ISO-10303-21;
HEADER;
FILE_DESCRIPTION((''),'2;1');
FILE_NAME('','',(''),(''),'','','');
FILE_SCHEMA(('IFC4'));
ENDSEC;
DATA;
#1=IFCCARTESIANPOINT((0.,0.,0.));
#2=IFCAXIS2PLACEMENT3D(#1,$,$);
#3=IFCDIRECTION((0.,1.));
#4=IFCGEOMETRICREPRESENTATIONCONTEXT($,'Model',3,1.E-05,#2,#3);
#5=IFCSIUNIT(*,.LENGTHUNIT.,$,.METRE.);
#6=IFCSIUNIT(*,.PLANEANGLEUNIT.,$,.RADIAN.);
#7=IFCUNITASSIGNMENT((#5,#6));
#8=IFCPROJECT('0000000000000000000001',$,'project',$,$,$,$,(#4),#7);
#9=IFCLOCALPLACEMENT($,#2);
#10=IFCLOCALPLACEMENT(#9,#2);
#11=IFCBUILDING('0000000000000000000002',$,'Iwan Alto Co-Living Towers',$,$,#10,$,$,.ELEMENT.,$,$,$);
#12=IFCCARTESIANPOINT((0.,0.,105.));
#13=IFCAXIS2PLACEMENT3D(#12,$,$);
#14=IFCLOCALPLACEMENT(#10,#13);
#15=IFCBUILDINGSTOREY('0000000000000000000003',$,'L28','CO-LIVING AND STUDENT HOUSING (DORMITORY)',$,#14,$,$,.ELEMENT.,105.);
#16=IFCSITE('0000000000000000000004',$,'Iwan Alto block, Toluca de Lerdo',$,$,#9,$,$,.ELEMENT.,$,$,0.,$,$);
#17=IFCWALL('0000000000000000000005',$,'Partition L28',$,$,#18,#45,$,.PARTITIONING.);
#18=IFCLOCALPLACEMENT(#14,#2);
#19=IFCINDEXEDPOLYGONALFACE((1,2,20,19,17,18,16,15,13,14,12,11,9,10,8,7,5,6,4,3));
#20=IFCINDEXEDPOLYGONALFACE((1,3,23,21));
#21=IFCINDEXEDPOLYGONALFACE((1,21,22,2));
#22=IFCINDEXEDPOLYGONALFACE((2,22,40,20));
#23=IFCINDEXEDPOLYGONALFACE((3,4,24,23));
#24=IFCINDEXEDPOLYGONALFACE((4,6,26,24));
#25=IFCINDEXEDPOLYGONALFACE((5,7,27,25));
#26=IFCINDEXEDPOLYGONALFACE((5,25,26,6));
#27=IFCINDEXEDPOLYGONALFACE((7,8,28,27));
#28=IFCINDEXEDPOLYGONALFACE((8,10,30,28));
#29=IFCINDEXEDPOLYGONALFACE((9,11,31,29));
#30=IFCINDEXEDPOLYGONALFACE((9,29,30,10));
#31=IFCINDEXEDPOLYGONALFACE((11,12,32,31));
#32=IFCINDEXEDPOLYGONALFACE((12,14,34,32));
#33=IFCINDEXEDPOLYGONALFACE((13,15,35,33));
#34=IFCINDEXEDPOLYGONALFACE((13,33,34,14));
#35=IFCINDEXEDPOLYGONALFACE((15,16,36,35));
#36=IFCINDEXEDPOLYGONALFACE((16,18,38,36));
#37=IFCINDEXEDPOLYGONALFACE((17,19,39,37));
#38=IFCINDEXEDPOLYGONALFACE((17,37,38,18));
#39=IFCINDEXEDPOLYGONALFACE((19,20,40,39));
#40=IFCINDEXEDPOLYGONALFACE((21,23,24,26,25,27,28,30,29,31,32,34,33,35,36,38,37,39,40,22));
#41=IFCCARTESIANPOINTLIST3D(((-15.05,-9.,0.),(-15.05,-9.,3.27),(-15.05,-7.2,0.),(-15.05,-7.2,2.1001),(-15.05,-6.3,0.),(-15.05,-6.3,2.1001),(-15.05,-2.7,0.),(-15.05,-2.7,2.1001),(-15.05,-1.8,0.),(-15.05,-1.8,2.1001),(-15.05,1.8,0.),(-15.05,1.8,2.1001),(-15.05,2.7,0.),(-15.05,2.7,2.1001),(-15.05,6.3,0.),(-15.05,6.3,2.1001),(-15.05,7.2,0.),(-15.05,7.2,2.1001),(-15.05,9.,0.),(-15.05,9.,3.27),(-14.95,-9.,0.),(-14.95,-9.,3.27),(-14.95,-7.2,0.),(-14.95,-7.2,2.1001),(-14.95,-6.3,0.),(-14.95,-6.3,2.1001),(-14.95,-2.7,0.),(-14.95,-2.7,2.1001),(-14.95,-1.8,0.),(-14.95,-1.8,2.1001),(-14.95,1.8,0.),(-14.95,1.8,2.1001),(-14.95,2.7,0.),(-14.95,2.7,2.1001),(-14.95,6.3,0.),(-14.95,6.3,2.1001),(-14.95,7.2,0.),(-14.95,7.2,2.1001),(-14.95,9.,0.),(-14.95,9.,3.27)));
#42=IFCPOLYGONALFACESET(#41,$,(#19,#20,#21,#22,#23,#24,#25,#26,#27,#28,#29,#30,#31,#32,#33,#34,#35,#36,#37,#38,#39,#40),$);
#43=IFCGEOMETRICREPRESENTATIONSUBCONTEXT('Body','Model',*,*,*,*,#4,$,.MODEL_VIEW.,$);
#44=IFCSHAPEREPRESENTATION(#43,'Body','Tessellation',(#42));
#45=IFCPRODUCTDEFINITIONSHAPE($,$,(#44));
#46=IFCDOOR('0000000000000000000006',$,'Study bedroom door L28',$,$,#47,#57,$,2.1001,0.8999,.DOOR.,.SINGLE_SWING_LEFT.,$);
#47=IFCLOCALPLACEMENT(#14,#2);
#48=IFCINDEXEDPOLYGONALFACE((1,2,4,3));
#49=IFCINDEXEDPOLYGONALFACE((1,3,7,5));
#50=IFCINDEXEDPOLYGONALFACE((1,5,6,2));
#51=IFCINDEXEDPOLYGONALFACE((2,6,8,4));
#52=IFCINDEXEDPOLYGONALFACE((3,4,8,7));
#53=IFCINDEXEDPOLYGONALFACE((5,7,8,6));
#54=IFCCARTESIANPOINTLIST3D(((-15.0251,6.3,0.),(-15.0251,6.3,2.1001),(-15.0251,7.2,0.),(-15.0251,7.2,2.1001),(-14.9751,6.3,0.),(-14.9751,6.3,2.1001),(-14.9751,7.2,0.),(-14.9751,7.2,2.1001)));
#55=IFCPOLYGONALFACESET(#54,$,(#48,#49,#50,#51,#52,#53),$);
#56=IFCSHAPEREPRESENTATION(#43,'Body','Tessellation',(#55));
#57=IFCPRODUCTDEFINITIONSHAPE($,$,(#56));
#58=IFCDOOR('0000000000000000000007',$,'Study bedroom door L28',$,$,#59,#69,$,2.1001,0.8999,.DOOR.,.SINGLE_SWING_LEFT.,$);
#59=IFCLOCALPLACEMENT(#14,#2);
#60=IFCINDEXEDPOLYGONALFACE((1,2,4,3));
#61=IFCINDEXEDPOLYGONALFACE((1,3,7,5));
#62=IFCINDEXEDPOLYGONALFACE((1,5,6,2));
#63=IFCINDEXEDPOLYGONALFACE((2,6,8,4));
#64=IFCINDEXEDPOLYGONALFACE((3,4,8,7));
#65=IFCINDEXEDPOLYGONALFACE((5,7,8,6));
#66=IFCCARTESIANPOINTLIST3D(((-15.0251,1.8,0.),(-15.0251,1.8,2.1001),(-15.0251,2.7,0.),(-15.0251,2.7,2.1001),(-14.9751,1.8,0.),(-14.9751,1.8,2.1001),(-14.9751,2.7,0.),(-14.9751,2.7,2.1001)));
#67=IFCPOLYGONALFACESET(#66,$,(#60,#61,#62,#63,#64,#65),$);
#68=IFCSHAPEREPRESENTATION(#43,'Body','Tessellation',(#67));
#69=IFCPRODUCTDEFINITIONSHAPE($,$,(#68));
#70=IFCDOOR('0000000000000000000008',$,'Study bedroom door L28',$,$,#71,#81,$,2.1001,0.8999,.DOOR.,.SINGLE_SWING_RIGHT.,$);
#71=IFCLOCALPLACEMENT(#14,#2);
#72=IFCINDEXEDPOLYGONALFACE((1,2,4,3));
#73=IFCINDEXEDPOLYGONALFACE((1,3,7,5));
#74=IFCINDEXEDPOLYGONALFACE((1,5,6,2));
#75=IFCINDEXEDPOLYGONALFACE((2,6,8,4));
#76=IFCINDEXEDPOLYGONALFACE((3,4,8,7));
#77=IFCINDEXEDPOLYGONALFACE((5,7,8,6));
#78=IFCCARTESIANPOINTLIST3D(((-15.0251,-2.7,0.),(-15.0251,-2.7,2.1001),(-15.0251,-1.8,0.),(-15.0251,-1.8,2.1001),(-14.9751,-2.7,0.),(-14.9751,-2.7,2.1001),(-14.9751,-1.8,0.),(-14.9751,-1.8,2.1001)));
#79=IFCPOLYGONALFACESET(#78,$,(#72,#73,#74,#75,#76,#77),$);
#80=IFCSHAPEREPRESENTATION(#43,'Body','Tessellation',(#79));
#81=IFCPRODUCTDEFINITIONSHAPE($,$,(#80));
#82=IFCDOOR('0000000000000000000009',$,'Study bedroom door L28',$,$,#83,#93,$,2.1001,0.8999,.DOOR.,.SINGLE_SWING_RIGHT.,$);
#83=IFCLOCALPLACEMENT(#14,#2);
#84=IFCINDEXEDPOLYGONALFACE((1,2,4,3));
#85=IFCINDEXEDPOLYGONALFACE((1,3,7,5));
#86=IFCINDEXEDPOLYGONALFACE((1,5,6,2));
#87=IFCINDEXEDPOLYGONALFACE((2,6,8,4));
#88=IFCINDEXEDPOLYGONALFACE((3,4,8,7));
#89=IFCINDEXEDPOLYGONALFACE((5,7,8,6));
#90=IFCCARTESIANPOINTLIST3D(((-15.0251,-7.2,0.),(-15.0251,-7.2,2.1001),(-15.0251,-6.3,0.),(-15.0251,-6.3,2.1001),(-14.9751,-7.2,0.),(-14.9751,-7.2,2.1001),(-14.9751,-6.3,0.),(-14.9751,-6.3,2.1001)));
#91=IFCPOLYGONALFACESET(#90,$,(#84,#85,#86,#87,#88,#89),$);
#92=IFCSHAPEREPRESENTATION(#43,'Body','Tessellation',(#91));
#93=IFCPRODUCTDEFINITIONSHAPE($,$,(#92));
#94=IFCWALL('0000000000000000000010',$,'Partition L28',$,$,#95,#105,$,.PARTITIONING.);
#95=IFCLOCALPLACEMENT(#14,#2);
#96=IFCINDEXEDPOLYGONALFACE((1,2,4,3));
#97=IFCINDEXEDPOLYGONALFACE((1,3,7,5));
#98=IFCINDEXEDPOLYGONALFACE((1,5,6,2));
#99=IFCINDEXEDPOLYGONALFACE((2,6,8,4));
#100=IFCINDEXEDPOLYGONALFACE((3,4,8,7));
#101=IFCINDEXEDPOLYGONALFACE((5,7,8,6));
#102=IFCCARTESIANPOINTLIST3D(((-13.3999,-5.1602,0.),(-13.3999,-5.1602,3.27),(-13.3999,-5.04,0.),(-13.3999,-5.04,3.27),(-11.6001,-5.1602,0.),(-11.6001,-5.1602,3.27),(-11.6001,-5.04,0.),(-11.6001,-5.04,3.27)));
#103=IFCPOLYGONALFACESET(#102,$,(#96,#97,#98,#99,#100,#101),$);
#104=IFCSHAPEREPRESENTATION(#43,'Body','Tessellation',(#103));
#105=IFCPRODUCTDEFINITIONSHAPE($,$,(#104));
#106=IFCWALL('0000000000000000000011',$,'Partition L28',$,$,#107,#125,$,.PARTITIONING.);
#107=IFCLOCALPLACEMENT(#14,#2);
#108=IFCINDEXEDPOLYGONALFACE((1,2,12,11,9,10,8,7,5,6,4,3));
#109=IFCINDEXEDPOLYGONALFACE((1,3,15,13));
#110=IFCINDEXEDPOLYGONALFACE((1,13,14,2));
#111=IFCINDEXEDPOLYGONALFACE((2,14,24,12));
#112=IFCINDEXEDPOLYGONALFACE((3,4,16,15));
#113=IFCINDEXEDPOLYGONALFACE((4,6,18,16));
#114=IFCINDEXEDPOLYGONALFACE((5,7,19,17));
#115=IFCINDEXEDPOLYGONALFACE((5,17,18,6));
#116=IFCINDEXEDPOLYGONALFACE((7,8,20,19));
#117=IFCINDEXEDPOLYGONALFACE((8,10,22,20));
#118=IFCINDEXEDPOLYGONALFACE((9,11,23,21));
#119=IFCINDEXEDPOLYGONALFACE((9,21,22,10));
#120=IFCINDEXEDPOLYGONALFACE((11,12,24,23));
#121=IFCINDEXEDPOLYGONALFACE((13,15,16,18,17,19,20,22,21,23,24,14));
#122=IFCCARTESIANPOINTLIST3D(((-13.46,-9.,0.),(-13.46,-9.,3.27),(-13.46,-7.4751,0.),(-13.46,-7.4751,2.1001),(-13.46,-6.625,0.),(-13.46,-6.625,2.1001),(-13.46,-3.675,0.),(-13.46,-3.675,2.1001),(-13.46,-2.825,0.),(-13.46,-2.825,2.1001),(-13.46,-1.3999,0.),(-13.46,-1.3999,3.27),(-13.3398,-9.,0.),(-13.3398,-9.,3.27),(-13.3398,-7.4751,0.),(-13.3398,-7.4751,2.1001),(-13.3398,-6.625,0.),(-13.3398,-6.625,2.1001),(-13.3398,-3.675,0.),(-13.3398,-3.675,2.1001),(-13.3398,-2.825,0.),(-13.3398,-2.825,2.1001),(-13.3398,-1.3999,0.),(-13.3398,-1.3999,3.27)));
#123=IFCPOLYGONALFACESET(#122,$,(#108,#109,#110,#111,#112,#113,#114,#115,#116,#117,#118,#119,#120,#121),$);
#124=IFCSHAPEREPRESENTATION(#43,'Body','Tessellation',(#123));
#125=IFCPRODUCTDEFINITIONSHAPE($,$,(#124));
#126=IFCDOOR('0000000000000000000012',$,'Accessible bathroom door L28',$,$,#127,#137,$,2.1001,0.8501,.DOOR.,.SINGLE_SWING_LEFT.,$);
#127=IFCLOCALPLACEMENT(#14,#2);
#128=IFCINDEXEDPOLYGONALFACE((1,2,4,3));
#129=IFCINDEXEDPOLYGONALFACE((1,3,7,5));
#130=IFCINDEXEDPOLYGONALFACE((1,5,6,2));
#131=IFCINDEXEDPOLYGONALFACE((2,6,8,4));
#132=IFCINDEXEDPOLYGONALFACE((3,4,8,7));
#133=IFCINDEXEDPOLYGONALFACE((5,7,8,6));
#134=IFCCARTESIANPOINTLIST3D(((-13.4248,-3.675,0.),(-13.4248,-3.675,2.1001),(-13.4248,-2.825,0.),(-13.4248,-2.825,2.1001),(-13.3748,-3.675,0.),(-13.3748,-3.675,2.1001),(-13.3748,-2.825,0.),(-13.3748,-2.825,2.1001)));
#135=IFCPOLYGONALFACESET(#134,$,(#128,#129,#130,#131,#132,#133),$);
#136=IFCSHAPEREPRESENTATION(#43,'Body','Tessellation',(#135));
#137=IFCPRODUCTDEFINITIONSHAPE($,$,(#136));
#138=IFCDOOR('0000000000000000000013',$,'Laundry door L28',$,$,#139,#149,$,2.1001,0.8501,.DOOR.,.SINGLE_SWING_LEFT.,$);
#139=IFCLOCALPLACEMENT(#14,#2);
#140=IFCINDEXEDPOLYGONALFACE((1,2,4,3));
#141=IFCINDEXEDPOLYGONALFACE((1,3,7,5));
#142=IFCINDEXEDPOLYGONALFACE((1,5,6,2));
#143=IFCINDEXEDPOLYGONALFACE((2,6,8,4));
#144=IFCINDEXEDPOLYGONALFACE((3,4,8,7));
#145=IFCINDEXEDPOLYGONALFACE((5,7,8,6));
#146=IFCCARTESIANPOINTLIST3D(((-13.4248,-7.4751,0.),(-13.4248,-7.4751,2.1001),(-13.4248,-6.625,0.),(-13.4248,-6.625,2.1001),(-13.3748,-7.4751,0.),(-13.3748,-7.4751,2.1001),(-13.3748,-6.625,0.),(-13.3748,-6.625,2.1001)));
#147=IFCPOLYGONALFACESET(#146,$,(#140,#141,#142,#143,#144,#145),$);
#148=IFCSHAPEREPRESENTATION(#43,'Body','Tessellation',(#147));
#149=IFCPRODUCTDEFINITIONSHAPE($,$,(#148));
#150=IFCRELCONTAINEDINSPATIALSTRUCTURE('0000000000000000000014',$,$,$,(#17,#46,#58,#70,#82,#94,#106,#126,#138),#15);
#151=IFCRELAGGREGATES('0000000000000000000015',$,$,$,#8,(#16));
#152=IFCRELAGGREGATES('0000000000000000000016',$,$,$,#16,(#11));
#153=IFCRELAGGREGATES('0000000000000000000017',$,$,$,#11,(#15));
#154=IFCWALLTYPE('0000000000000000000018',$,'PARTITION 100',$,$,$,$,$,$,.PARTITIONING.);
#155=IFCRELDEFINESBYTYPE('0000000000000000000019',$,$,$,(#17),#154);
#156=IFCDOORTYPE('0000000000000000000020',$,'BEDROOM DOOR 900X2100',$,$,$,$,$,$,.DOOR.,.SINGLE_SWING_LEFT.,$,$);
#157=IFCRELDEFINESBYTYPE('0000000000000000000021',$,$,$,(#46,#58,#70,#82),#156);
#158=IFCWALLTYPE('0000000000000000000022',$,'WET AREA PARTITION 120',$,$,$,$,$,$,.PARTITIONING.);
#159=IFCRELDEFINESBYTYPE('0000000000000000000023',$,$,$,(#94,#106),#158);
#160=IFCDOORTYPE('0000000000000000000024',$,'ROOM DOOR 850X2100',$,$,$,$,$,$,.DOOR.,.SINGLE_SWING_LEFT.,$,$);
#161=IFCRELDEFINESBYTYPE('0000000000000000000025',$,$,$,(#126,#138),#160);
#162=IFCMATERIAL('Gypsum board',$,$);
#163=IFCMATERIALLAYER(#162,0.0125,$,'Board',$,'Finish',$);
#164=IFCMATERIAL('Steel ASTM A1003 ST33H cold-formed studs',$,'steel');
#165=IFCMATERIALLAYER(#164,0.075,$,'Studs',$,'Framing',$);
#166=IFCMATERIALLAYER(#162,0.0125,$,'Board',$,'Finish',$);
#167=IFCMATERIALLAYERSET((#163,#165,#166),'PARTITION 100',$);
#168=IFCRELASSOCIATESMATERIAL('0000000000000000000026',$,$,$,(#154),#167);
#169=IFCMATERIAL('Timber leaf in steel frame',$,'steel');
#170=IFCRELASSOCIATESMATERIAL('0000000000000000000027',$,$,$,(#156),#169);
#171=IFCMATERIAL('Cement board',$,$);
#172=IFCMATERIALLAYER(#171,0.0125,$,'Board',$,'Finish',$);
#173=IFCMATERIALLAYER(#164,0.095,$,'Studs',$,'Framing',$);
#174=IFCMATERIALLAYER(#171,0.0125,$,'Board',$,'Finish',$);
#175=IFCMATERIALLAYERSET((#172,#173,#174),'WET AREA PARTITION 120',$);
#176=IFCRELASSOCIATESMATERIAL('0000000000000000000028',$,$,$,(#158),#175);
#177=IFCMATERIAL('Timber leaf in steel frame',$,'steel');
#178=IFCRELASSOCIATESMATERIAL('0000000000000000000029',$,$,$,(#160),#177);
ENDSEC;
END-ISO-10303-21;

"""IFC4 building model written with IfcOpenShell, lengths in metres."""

from ifc_helpers import new_model, si_unit, direction, frame, frame_2d, origin, place, context, subcontext, project, spatial, rectangle, extrude, material, layer, layer_set, type_object, element, fill, save


model = new_model("IFC4")

# Units and contexts
model_context = context("Model", 3, precision=1e-05, world=origin(), true_north=direction((0.0, 1.0)))
body_context = subcontext(model_context, "Body", "Model", "MODEL_VIEW")
ifc_project = project(units=[si_unit("LENGTHUNIT", "METRE"), si_unit("PLANEANGLEUNIT", "RADIAN")], contexts=[model_context])

# Site, building, storey
site_placement = place(None, origin())
site = spatial("IfcSite", under=ifc_project, at=site_placement, Name="Iwan Alto block, Toluca de Lerdo", CompositionType="ELEMENT", RefElevation=0.0)
building_placement = place(site_placement, origin())
building = spatial("IfcBuilding", under=site, at=building_placement, Name="Iwan Alto Co-Living Towers", CompositionType="ELEMENT")
storey_placement = place(building_placement, frame((0.0, 0.0, 105.0)))
storey = spatial("IfcBuildingStorey", under=building, at=storey_placement, Name="L28", Description="CO-LIVING AND STUDENT HOUSING (DORMITORY)", CompositionType="ELEMENT", Elevation=105.0)

# Shared definitions
ifc_material_1 = material(Name="Gypsum board")
ifc_material_2 = material(Name="Steel ASTM A1003 ST33H cold-formed studs", Category="steel")

# Wall, openings, doors
ifc_layer_1 = layer(ifc_material_1, 0.0125, Name="Board", Category="Finish")
ifc_layer_2 = layer(ifc_material_2, 0.075, Name="Studs", Category="Framing")
ifc_layer_3 = layer(ifc_material_1, 0.0125, Name="Board", Category="Finish")
ifc_layer_set_1 = layer_set([ifc_layer_1, ifc_layer_2, ifc_layer_3], Name="PARTITION 100")
wall_type_1 = type_object("IfcWallType", Name="PARTITION 100", PredefinedType="PARTITIONING", material=ifc_layer_set_1)
wall_1_placement = place(storey_placement, frame((-15.0, -9.0, 0.0), z_axis=(0.0, 0.0, 1.0), x_axis=(0.0, 1.0, 0.0)))
wall_1 = element("IfcWall", 1, at=wall_1_placement, inside=storey, type_object=wall_type_1, Name="Partition L28", PredefinedType="PARTITIONING", context=body_context, shape_type="SweptSolid", body=[
    extrude(rectangle(XDim=18.0, YDim=0.1001, at=frame_2d((9.0, 0.0))), origin(), (0.0, 0.0, 1.0), 3.27),
])
opening_1_placement = place(wall_1_placement, frame((15.3, 0.0, 0.0)))
opening_1 = element("IfcOpeningElement", 2, at=opening_1_placement, cuts=wall_1, PredefinedType="OPENING", context=body_context, shape_type="SweptSolid", body=[
    extrude(rectangle(XDim=0.8999, YDim=2.1001, at=frame_2d((0.45, 1.05))), frame((0.0, 0.0601, 0.0), z_axis=(0.0, -1.0, 0.0), x_axis=(1.0, 0.0, 0.0)), (0.0, 0.0, 1.0), 0.1201),
])
opening_2_placement = place(wall_1_placement, frame((10.8, 0.0, 0.0)))
opening_2 = element("IfcOpeningElement", 3, at=opening_2_placement, cuts=wall_1, PredefinedType="OPENING", context=body_context, shape_type="SweptSolid", body=[
    extrude(rectangle(XDim=0.8999, YDim=2.1001, at=frame_2d((0.45, 1.05))), frame((0.0, 0.0601, 0.0), z_axis=(0.0, -1.0, 0.0), x_axis=(1.0, 0.0, 0.0)), (0.0, 0.0, 1.0), 0.1201),
])
opening_3_placement = place(wall_1_placement, frame((6.3, 0.0, 0.0)))
opening_3 = element("IfcOpeningElement", 4, at=opening_3_placement, cuts=wall_1, PredefinedType="OPENING", context=body_context, shape_type="SweptSolid", body=[
    extrude(rectangle(XDim=0.8999, YDim=2.1001, at=frame_2d((0.45, 1.05))), frame((0.0, 0.0601, 0.0), z_axis=(0.0, -1.0, 0.0), x_axis=(1.0, 0.0, 0.0)), (0.0, 0.0, 1.0), 0.1201),
])
opening_4_placement = place(wall_1_placement, frame((1.8, 0.0, 0.0)))
opening_4 = element("IfcOpeningElement", 5, at=opening_4_placement, cuts=wall_1, PredefinedType="OPENING", context=body_context, shape_type="SweptSolid", body=[
    extrude(rectangle(XDim=0.8999, YDim=2.1001, at=frame_2d((0.45, 1.05))), frame((0.0, 0.0601, 0.0), z_axis=(0.0, -1.0, 0.0), x_axis=(1.0, 0.0, 0.0)), (0.0, 0.0, 1.0), 0.1201),
])
ifc_material_3 = material(Name="Timber leaf in steel frame", Category="steel")
door_type_1 = type_object("IfcDoorType", Name="BEDROOM DOOR 900X2100", OperationType="SINGLE_SWING_LEFT", PredefinedType="DOOR", material=ifc_material_3)
door_1_placement = place(opening_1_placement, frame((0.8999, 0.0, 0.0), z_axis=(0.0, 0.0, 1.0), x_axis=(-1.0, 0.0, 0.0)))
door_1 = element("IfcDoor", 6, at=door_1_placement, inside=storey, type_object=door_type_1, Name="Study bedroom door L28", OperationType="SINGLE_SWING_LEFT", OverallHeight=2.1001, OverallWidth=0.8999, PredefinedType="DOOR", context=body_context, shape_type="SweptSolid", body=[
    extrude(rectangle(XDim=0.8999, YDim=2.1001, at=frame_2d((0.45, 1.05))), frame((0.0, 0.0249, 0.0), z_axis=(0.0, -1.0, 0.0), x_axis=(1.0, 0.0, 0.0)), (0.0, 0.0, 1.0), 0.05),
])
fill(opening_1, door_1)
door_2_placement = place(opening_2_placement, frame((0.8999, 0.0, 0.0), z_axis=(0.0, 0.0, 1.0), x_axis=(-1.0, 0.0, 0.0)))
door_2 = element("IfcDoor", 7, at=door_2_placement, inside=storey, type_object=door_type_1, Name="Study bedroom door L28", OperationType="SINGLE_SWING_LEFT", OverallHeight=2.1001, OverallWidth=0.8999, PredefinedType="DOOR", context=body_context, shape_type="SweptSolid", body=[
    extrude(rectangle(XDim=0.8999, YDim=2.1001, at=frame_2d((0.45, 1.05))), frame((0.0, 0.0249, 0.0), z_axis=(0.0, -1.0, 0.0), x_axis=(1.0, 0.0, 0.0)), (0.0, 0.0, 1.0), 0.05),
])
fill(opening_2, door_2)
door_3_placement = place(opening_3_placement, frame((0.8999, 0.0, 0.0), z_axis=(0.0, 0.0, 1.0), x_axis=(-1.0, 0.0, 0.0)))
door_3 = element("IfcDoor", 8, at=door_3_placement, inside=storey, type_object=door_type_1, Name="Study bedroom door L28", OperationType="SINGLE_SWING_RIGHT", OverallHeight=2.1001, OverallWidth=0.8999, PredefinedType="DOOR", context=body_context, shape_type="SweptSolid", body=[
    extrude(rectangle(XDim=0.8999, YDim=2.1001, at=frame_2d((0.45, 1.05))), frame((0.0, 0.0249, 0.0), z_axis=(0.0, -1.0, 0.0), x_axis=(1.0, 0.0, 0.0)), (0.0, 0.0, 1.0), 0.05),
])
fill(opening_3, door_3)
door_4_placement = place(opening_4_placement, frame((0.8999, 0.0, 0.0), z_axis=(0.0, 0.0, 1.0), x_axis=(-1.0, 0.0, 0.0)))
door_4 = element("IfcDoor", 9, at=door_4_placement, inside=storey, type_object=door_type_1, Name="Study bedroom door L28", OperationType="SINGLE_SWING_RIGHT", OverallHeight=2.1001, OverallWidth=0.8999, PredefinedType="DOOR", context=body_context, shape_type="SweptSolid", body=[
    extrude(rectangle(XDim=0.8999, YDim=2.1001, at=frame_2d((0.45, 1.05))), frame((0.0, 0.0249, 0.0), z_axis=(0.0, -1.0, 0.0), x_axis=(1.0, 0.0, 0.0)), (0.0, 0.0, 1.0), 0.05),
])
fill(opening_4, door_4)

# Wall
ifc_material_4 = material(Name="Cement board")
ifc_layer_4 = layer(ifc_material_4, 0.0125, Name="Board", Category="Finish")
ifc_layer_5 = layer(ifc_material_2, 0.095, Name="Studs", Category="Framing")
ifc_layer_6 = layer(ifc_material_4, 0.0125, Name="Board", Category="Finish")
ifc_layer_set_2 = layer_set([ifc_layer_4, ifc_layer_5, ifc_layer_6], Name="WET AREA PARTITION 120")
wall_type_2 = type_object("IfcWallType", Name="WET AREA PARTITION 120", PredefinedType="PARTITIONING", material=ifc_layer_set_2)
wall_2_placement = place(storey_placement, frame((-13.3999, -5.1001, 0.0), z_axis=(0.0, 0.0, 1.0), x_axis=(1.0, 0.0, 0.0)))
element("IfcWall", 10, at=wall_2_placement, inside=storey, type_object=wall_type_2, Name="Partition L28", PredefinedType="PARTITIONING", context=body_context, shape_type="SweptSolid", body=[
    extrude(rectangle(XDim=1.7998, YDim=0.1201, at=frame_2d((0.8999, 0.0))), origin(), (0.0, 0.0, 1.0), 3.27),
])

# Wall, openings, doors
wall_3_placement = place(storey_placement, frame((-13.3999, -9.0, 0.0), z_axis=(0.0, 0.0, 1.0), x_axis=(0.0, 1.0, 0.0)))
wall_3 = element("IfcWall", 11, at=wall_3_placement, inside=storey, type_object=wall_type_2, Name="Partition L28", PredefinedType="PARTITIONING", context=body_context, shape_type="SweptSolid", body=[
    extrude(rectangle(XDim=7.6001, YDim=0.1201, at=frame_2d((3.8, 0.0))), origin(), (0.0, 0.0, 1.0), 3.27),
])
opening_5_placement = place(wall_3_placement, frame((5.325, 0.0, 0.0)))
opening_5 = element("IfcOpeningElement", 12, at=opening_5_placement, cuts=wall_3, PredefinedType="OPENING", context=body_context, shape_type="SweptSolid", body=[
    extrude(rectangle(XDim=0.8501, YDim=2.1001, at=frame_2d((0.425, 1.05))), frame((0.0, 0.0701, 0.0), z_axis=(0.0, -1.0, 0.0), x_axis=(1.0, 0.0, 0.0)), (0.0, 0.0, 1.0), 0.1401),
])
opening_6_placement = place(wall_3_placement, frame((1.5249, 0.0, 0.0)))
opening_6 = element("IfcOpeningElement", 13, at=opening_6_placement, cuts=wall_3, PredefinedType="OPENING", context=body_context, shape_type="SweptSolid", body=[
    extrude(rectangle(XDim=0.8501, YDim=2.1001, at=frame_2d((0.425, 1.05))), frame((0.0, 0.0701, 0.0), z_axis=(0.0, -1.0, 0.0), x_axis=(1.0, 0.0, 0.0)), (0.0, 0.0, 1.0), 0.1401),
])
ifc_material_5 = material(Name="Timber leaf in steel frame", Category="steel")
door_type_2 = type_object("IfcDoorType", Name="ROOM DOOR 850X2100", OperationType="SINGLE_SWING_LEFT", PredefinedType="DOOR", material=ifc_material_5)
door_5_placement = place(opening_5_placement, origin())
door_5 = element("IfcDoor", 14, at=door_5_placement, inside=storey, type_object=door_type_2, Name="Accessible bathroom door L28", OperationType="SINGLE_SWING_LEFT", OverallHeight=2.1001, OverallWidth=0.8501, PredefinedType="DOOR", context=body_context, shape_type="SweptSolid", body=[
    extrude(rectangle(XDim=0.8501, YDim=2.1001, at=frame_2d((0.425, 1.05))), frame((0.0, 0.0249, 0.0), z_axis=(0.0, -1.0, 0.0), x_axis=(1.0, 0.0, 0.0)), (0.0, 0.0, 1.0), 0.05),
])
fill(opening_5, door_5)
door_6_placement = place(opening_6_placement, origin())
door_6 = element("IfcDoor", 15, at=door_6_placement, inside=storey, type_object=door_type_2, Name="Laundry door L28", OperationType="SINGLE_SWING_LEFT", OverallHeight=2.1001, OverallWidth=0.8501, PredefinedType="DOOR", context=body_context, shape_type="SweptSolid", body=[
    extrude(rectangle(XDim=0.8501, YDim=2.1001, at=frame_2d((0.425, 1.05))), frame((0.0, 0.0249, 0.0), z_axis=(0.0, -1.0, 0.0), x_axis=(1.0, 0.0, 0.0)), (0.0, 0.0, 1.0), 0.05),
])
fill(opening_6, door_6)

save(model, "model.ifc")
